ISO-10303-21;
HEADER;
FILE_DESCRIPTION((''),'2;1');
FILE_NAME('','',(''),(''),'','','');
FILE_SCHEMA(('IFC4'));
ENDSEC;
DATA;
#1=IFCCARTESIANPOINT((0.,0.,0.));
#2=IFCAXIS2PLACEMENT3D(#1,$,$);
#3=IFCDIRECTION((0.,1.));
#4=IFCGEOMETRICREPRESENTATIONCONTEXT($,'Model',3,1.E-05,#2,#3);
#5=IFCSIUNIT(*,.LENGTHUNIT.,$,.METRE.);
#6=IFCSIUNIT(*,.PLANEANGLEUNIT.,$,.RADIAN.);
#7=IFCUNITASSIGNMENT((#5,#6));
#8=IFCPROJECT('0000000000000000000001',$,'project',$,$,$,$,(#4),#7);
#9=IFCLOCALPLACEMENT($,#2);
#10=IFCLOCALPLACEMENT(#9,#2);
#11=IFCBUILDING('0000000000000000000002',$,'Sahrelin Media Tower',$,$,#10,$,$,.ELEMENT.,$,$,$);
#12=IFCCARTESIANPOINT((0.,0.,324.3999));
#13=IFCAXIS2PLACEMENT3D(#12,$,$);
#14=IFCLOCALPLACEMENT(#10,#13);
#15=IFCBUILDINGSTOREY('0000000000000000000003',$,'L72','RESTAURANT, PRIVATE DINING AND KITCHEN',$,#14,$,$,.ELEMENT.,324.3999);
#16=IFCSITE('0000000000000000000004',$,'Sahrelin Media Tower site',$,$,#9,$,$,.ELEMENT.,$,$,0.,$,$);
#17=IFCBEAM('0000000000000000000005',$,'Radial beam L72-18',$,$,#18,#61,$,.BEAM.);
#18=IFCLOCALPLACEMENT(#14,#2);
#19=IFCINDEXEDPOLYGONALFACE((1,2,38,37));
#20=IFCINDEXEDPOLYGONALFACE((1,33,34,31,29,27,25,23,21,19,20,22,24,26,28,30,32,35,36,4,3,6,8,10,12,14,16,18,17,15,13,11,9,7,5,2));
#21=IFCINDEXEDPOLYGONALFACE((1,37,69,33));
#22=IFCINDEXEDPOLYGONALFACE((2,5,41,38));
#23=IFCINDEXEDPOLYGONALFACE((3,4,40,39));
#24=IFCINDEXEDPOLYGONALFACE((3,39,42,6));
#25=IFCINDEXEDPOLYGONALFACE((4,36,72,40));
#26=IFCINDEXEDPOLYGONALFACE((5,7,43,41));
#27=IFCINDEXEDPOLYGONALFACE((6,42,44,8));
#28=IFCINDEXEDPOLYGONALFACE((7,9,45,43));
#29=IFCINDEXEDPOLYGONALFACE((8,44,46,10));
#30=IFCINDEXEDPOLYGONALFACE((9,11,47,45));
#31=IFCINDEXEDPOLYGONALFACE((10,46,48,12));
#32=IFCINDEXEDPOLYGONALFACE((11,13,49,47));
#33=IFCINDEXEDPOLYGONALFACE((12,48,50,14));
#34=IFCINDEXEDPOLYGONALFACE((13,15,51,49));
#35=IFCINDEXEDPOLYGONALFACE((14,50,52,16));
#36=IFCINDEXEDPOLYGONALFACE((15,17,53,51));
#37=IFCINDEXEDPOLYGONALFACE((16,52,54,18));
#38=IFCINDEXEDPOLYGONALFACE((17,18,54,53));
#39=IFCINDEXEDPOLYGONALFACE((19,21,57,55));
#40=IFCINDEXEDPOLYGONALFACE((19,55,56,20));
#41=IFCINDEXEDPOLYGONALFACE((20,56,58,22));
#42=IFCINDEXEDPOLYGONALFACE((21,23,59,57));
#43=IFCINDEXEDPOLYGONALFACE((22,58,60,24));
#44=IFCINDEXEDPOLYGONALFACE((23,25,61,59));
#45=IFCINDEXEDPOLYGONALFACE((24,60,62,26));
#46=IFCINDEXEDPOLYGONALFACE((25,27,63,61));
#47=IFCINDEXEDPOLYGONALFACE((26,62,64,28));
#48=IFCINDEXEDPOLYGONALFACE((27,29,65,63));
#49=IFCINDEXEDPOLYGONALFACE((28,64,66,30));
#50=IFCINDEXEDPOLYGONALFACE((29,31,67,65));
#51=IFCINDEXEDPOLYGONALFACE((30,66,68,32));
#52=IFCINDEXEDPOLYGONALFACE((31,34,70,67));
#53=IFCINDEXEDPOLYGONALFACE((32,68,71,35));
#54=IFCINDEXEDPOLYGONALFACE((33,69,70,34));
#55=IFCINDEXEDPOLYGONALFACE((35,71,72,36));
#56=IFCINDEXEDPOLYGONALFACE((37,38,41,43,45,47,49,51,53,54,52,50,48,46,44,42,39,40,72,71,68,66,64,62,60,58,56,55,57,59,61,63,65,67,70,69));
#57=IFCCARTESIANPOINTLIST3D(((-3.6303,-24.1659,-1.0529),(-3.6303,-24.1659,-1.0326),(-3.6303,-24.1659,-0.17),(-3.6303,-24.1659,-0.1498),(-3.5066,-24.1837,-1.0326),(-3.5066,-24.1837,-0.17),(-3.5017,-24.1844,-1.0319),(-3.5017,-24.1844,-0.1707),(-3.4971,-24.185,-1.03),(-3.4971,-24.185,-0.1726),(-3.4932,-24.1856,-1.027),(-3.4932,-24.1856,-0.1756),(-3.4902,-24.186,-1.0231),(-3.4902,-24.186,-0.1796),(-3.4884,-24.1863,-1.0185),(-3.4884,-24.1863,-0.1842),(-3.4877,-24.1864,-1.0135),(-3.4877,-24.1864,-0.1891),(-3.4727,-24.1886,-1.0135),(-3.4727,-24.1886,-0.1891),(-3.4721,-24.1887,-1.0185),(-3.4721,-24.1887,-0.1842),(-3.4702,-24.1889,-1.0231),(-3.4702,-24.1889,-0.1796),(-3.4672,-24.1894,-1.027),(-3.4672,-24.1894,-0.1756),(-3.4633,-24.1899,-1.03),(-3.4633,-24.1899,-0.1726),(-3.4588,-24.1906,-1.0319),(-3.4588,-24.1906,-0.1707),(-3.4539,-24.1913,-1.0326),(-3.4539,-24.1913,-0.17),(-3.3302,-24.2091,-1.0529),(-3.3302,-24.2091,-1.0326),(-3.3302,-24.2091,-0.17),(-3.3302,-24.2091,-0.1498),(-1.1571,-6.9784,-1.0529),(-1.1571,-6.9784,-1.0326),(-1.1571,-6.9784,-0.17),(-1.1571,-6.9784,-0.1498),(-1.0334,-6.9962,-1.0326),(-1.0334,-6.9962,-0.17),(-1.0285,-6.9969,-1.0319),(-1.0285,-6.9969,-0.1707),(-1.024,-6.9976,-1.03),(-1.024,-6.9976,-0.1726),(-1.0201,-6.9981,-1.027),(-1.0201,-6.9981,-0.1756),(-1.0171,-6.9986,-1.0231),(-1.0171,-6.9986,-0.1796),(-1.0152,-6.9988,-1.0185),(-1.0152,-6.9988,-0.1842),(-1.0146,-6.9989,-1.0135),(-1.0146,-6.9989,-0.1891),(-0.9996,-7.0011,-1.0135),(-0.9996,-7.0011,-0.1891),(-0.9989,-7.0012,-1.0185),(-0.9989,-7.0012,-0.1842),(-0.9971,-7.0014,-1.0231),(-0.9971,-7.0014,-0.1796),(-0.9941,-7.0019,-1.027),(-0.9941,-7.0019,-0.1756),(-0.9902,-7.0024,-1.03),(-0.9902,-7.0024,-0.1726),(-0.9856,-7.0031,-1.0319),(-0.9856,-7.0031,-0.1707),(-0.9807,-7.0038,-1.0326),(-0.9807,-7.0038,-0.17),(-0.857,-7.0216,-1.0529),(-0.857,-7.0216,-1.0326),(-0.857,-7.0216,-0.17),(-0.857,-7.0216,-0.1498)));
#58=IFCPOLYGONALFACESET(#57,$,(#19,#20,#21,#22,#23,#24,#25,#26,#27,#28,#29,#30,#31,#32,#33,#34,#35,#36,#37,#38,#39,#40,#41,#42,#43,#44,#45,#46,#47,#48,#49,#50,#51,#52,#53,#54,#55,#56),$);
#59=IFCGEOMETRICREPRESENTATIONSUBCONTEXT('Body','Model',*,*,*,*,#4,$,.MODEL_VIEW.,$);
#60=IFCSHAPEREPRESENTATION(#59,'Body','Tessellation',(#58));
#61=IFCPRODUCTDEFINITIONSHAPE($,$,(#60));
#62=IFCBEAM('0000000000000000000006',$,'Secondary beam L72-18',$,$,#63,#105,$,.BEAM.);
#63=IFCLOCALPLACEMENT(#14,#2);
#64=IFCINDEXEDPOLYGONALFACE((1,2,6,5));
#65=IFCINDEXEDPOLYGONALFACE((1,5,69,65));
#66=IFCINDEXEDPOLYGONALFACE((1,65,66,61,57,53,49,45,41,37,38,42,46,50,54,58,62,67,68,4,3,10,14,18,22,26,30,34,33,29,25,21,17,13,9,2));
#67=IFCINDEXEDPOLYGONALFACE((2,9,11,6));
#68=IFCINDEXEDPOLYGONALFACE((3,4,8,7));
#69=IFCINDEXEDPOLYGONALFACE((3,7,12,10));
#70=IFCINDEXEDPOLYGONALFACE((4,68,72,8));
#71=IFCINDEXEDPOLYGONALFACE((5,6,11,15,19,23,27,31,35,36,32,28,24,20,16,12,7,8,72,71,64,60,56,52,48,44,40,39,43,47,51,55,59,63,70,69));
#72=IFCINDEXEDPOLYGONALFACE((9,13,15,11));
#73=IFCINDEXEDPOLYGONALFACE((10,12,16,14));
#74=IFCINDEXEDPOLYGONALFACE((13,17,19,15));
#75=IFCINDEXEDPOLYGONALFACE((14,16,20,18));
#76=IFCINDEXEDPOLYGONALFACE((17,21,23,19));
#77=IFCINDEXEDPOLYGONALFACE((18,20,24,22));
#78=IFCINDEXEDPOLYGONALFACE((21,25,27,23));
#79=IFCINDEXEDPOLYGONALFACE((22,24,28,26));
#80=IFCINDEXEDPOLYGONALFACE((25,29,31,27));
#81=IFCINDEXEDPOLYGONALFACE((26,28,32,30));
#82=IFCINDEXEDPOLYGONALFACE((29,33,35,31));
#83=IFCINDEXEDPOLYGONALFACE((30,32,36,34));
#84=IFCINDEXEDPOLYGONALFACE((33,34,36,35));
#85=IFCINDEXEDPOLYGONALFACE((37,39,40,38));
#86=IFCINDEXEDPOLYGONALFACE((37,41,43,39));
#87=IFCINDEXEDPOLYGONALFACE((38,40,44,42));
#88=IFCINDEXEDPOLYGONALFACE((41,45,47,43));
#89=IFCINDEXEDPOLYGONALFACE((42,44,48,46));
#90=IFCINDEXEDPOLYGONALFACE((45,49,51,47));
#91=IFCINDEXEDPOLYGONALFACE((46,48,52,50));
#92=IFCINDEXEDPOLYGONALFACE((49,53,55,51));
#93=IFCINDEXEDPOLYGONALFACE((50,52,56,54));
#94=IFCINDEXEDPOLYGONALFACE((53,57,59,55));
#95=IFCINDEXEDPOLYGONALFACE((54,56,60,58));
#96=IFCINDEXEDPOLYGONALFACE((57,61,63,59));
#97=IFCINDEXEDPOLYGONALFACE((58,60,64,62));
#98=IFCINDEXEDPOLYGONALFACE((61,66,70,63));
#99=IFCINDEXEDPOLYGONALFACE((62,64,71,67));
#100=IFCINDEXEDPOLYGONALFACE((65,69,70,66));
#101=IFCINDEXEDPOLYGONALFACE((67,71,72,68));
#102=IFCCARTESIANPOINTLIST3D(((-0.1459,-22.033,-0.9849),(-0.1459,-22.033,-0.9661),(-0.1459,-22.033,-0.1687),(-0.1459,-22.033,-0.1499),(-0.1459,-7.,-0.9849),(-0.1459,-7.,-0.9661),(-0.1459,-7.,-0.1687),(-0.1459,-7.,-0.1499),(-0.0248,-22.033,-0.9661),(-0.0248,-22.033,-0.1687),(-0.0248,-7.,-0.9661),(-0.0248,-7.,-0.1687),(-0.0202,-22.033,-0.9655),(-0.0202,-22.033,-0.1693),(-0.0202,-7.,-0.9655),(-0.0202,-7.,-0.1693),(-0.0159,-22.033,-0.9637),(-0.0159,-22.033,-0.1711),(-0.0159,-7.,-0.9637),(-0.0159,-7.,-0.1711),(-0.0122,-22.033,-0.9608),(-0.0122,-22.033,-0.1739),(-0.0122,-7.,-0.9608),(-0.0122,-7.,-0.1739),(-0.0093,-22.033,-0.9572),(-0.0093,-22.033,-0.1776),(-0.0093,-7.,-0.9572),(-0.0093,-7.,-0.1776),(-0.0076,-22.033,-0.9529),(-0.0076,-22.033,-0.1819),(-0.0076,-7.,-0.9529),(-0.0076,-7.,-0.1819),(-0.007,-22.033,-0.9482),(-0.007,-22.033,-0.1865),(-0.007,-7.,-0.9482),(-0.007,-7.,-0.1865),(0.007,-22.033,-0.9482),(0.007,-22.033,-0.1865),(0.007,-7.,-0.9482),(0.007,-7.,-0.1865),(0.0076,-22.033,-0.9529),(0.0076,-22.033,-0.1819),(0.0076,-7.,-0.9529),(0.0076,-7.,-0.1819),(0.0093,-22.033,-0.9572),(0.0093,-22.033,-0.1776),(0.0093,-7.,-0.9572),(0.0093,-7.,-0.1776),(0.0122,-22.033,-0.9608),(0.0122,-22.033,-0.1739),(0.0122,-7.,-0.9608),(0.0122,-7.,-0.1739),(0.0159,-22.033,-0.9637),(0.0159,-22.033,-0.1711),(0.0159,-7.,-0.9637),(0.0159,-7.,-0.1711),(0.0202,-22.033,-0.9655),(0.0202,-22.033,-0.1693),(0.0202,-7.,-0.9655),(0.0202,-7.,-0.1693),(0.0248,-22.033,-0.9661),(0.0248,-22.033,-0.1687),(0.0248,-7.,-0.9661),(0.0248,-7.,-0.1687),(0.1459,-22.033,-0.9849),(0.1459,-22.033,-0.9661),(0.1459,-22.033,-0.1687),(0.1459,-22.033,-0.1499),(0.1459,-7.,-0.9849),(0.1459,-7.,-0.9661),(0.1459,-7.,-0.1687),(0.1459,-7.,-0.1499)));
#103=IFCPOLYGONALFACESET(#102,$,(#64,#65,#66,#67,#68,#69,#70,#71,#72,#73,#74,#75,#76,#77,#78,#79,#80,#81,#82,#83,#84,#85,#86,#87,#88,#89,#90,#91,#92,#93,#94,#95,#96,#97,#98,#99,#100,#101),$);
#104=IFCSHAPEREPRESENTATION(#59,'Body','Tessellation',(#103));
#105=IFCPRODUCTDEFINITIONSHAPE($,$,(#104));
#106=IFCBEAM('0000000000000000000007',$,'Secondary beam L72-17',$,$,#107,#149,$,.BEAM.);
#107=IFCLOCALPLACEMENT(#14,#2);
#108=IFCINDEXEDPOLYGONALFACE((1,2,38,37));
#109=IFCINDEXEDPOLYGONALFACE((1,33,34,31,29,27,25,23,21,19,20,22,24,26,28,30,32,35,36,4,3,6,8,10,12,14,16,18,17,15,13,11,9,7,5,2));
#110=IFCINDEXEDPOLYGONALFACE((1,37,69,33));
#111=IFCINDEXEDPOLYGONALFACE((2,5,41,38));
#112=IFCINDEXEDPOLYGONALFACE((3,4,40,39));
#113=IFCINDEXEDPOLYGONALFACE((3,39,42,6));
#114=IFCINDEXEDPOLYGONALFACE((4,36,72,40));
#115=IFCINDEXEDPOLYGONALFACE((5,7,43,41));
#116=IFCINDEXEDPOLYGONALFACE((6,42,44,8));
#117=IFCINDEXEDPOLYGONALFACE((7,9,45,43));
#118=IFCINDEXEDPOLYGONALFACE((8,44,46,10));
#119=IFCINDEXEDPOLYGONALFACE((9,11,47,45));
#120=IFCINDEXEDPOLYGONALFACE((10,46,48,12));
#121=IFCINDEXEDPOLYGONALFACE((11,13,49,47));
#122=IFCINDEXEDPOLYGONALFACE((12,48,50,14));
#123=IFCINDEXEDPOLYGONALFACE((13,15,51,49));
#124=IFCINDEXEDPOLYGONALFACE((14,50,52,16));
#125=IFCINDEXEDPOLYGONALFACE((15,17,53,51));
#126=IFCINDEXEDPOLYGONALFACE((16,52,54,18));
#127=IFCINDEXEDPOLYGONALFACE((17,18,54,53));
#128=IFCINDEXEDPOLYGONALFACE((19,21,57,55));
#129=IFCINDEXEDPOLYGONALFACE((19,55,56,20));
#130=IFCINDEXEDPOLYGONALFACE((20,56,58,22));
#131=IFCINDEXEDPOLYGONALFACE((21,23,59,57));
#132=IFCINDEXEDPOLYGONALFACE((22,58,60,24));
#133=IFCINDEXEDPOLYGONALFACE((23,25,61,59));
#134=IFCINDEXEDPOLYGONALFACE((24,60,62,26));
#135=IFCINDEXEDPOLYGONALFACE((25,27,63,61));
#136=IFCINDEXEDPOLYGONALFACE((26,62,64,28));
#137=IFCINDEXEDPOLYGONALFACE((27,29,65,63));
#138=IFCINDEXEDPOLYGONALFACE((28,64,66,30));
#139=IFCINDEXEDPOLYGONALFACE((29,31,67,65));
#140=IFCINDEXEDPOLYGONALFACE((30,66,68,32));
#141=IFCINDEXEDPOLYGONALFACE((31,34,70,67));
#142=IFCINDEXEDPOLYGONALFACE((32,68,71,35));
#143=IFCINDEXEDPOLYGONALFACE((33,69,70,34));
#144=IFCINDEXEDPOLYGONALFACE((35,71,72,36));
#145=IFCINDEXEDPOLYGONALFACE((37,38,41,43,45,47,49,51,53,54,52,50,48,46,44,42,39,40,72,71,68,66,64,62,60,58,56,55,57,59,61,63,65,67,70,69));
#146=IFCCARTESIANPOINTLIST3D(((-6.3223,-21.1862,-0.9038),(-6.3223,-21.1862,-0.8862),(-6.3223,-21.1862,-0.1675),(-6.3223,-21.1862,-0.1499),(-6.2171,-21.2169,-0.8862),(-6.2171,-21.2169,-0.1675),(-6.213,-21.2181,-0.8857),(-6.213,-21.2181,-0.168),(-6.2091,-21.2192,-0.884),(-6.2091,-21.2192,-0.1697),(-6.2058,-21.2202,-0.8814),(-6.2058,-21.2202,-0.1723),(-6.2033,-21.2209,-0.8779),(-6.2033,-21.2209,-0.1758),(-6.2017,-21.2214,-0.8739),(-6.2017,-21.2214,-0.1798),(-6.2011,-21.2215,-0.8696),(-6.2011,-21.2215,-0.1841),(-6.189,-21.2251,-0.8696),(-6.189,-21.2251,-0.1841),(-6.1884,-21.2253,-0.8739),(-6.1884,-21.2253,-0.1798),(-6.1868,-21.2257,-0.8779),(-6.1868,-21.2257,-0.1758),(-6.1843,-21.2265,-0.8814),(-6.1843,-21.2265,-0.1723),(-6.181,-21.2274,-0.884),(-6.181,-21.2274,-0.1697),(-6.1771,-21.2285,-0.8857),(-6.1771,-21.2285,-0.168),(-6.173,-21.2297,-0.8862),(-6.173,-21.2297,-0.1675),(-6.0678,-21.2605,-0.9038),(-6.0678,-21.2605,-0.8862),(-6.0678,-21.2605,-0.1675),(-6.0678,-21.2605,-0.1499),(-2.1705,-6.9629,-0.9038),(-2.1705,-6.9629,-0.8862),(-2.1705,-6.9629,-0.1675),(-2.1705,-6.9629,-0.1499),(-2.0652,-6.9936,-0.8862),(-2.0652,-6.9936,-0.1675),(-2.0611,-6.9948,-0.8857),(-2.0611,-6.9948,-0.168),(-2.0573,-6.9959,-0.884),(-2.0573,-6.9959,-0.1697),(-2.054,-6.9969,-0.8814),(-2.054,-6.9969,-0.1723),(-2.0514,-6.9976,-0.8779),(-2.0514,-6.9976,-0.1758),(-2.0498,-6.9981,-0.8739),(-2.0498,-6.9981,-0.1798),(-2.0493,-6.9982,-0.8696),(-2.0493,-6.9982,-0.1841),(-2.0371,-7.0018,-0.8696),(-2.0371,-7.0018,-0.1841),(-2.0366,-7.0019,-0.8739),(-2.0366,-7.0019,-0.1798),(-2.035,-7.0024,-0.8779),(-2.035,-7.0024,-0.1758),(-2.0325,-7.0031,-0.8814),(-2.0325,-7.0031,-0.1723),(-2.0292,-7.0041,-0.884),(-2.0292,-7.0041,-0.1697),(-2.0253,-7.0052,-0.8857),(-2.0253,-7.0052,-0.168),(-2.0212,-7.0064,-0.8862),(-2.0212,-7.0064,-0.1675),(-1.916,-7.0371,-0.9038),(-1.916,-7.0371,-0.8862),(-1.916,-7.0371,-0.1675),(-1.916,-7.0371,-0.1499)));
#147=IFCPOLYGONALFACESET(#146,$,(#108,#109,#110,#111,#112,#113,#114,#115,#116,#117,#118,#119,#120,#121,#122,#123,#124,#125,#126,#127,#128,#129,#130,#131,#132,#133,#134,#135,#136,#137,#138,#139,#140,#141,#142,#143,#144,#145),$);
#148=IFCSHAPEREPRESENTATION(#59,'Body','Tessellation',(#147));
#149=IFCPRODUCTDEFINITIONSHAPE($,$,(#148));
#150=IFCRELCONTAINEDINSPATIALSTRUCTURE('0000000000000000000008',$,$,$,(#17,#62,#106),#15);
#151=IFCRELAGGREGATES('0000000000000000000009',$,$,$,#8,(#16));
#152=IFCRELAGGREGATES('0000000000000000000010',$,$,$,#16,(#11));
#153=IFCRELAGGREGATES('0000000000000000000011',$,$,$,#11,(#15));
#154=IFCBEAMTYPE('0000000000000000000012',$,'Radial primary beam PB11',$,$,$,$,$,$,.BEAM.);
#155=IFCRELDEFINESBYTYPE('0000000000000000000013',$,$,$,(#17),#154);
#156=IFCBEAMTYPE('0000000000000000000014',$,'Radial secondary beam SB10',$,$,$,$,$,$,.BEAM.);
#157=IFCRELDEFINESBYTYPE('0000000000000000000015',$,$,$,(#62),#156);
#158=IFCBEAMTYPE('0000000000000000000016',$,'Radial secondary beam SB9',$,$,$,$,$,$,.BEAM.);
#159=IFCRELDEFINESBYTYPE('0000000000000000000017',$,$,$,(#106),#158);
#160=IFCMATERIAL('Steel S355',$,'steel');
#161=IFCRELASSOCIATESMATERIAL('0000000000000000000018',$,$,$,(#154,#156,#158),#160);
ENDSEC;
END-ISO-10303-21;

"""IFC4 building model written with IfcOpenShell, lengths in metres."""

from ifc_helpers import new_model, si_unit, direction, frame, origin, origin_2d, place, context, subcontext, project, spatial, i_section, extrude, material, material_profile, profile_set, type_object, element, save


model = new_model("IFC4")

# Units and contexts
model_context = context("Model", 3, precision=1e-05, world=origin(), true_north=direction((0.0, 1.0)))
body_context = subcontext(model_context, "Body", "Model", "MODEL_VIEW")
ifc_project = project(units=[si_unit("LENGTHUNIT", "METRE"), si_unit("PLANEANGLEUNIT", "RADIAN")], contexts=[model_context])

# Site, building, storey
site_placement = place(None, origin())
site = spatial("IfcSite", under=ifc_project, at=site_placement, Name="Sahrelin Media Tower site", CompositionType="ELEMENT", RefElevation=0.0)
building_placement = place(site_placement, origin())
building = spatial("IfcBuilding", under=site, at=building_placement, Name="Sahrelin Media Tower", CompositionType="ELEMENT")
storey_placement = place(building_placement, frame((0.0, 0.0, 324.3999)))
storey = spatial("IfcBuildingStorey", under=building, at=storey_placement, Name="L72", Description="RESTAURANT, PRIVATE DINING AND KITCHEN", CompositionType="ELEMENT", Elevation=324.3999)

# Beams
ifc_material_1 = material(Name="Steel S355", Category="steel")
ifc_material_profile_1 = material_profile(ifc_material_1, i_section(OverallWidth=0.3032, OverallDepth=0.9031, WebThickness=0.0151, FlangeThickness=0.0203, FilletRadius=0.019, at=origin_2d()), Name="UB 914x305x201")
ifc_profile_set_1 = profile_set([ifc_material_profile_1], Name="Steel S355")
beam_type_1 = type_object("IfcBeamType", Name="Radial primary beam PB11", PredefinedType="BEAM", material=ifc_profile_set_1)
beam_1_placement = place(storey_placement, frame((-1.0071, -7.0, -0.6013), z_axis=(-0.142425, -0.989806, 0.0), x_axis=(0.989806, -0.142425, 0.0)))
element("IfcBeam", 1, at=beam_1_placement, inside=storey, type_object=beam_type_1, Name="Radial beam L72-18", PredefinedType="BEAM", context=body_context, shape_type="SweptSolid", body=[
    extrude(i_section(OverallWidth=0.3032, OverallDepth=0.9031, WebThickness=0.0151, FlangeThickness=0.0203, FilletRadius=0.019, at=origin_2d()), origin(), (0.0, 0.0, 1.0), 17.3645),
])
ifc_material_profile_2 = material_profile(ifc_material_1, i_section(OverallWidth=0.2917, OverallDepth=0.835, WebThickness=0.0139, FlangeThickness=0.0188, FilletRadius=0.0178, at=origin_2d()), Name="UB 838x292x176")
ifc_profile_set_2 = profile_set([ifc_material_profile_2], Name="Steel S355")
beam_type_2 = type_object("IfcBeamType", Name="Radial secondary beam SB10", PredefinedType="BEAM", material=ifc_profile_set_2)
beam_2_placement = place(storey_placement, frame((0.0, -7.0, -0.5674), z_axis=(0.0, -1.0, 0.0), x_axis=(1.0, 0.0, 0.0)))
element("IfcBeam", 2, at=beam_2_placement, inside=storey, type_object=beam_type_2, Name="Secondary beam L72-18", PredefinedType="BEAM", context=body_context, shape_type="SweptSolid", body=[
    extrude(i_section(OverallWidth=0.2917, OverallDepth=0.835, WebThickness=0.0139, FlangeThickness=0.0188, FilletRadius=0.0178, at=origin_2d()), origin(), (0.0, 0.0, 1.0), 15.033),
])
ifc_material_profile_3 = material_profile(ifc_material_1, i_section(OverallWidth=0.2651, OverallDepth=0.7539, WebThickness=0.0127, FlangeThickness=0.0176, FilletRadius=0.0166, at=origin_2d()), Name="UB 762x267x147")
ifc_profile_set_3 = profile_set([ifc_material_profile_3], Name="Steel S355")
beam_type_3 = type_object("IfcBeamType", Name="Radial secondary beam SB9", PredefinedType="BEAM", material=ifc_profile_set_3)
beam_3_placement = place(storey_placement, frame((-2.0432, -7.0, -0.5269), z_axis=(-0.280209, -0.959939, 0.0), x_axis=(0.959939, -0.280209, 0.0)))
element("IfcBeam", 3, at=beam_3_placement, inside=storey, type_object=beam_type_3, Name="Secondary beam L72-17", PredefinedType="BEAM", context=body_context, shape_type="SweptSolid", body=[
    extrude(i_section(OverallWidth=0.2651, OverallDepth=0.7539, WebThickness=0.0127, FlangeThickness=0.0176, FilletRadius=0.0166, at=origin_2d()), origin(), (0.0, 0.0, 1.0), 14.8169),
])

save(model, "model.ifc")
